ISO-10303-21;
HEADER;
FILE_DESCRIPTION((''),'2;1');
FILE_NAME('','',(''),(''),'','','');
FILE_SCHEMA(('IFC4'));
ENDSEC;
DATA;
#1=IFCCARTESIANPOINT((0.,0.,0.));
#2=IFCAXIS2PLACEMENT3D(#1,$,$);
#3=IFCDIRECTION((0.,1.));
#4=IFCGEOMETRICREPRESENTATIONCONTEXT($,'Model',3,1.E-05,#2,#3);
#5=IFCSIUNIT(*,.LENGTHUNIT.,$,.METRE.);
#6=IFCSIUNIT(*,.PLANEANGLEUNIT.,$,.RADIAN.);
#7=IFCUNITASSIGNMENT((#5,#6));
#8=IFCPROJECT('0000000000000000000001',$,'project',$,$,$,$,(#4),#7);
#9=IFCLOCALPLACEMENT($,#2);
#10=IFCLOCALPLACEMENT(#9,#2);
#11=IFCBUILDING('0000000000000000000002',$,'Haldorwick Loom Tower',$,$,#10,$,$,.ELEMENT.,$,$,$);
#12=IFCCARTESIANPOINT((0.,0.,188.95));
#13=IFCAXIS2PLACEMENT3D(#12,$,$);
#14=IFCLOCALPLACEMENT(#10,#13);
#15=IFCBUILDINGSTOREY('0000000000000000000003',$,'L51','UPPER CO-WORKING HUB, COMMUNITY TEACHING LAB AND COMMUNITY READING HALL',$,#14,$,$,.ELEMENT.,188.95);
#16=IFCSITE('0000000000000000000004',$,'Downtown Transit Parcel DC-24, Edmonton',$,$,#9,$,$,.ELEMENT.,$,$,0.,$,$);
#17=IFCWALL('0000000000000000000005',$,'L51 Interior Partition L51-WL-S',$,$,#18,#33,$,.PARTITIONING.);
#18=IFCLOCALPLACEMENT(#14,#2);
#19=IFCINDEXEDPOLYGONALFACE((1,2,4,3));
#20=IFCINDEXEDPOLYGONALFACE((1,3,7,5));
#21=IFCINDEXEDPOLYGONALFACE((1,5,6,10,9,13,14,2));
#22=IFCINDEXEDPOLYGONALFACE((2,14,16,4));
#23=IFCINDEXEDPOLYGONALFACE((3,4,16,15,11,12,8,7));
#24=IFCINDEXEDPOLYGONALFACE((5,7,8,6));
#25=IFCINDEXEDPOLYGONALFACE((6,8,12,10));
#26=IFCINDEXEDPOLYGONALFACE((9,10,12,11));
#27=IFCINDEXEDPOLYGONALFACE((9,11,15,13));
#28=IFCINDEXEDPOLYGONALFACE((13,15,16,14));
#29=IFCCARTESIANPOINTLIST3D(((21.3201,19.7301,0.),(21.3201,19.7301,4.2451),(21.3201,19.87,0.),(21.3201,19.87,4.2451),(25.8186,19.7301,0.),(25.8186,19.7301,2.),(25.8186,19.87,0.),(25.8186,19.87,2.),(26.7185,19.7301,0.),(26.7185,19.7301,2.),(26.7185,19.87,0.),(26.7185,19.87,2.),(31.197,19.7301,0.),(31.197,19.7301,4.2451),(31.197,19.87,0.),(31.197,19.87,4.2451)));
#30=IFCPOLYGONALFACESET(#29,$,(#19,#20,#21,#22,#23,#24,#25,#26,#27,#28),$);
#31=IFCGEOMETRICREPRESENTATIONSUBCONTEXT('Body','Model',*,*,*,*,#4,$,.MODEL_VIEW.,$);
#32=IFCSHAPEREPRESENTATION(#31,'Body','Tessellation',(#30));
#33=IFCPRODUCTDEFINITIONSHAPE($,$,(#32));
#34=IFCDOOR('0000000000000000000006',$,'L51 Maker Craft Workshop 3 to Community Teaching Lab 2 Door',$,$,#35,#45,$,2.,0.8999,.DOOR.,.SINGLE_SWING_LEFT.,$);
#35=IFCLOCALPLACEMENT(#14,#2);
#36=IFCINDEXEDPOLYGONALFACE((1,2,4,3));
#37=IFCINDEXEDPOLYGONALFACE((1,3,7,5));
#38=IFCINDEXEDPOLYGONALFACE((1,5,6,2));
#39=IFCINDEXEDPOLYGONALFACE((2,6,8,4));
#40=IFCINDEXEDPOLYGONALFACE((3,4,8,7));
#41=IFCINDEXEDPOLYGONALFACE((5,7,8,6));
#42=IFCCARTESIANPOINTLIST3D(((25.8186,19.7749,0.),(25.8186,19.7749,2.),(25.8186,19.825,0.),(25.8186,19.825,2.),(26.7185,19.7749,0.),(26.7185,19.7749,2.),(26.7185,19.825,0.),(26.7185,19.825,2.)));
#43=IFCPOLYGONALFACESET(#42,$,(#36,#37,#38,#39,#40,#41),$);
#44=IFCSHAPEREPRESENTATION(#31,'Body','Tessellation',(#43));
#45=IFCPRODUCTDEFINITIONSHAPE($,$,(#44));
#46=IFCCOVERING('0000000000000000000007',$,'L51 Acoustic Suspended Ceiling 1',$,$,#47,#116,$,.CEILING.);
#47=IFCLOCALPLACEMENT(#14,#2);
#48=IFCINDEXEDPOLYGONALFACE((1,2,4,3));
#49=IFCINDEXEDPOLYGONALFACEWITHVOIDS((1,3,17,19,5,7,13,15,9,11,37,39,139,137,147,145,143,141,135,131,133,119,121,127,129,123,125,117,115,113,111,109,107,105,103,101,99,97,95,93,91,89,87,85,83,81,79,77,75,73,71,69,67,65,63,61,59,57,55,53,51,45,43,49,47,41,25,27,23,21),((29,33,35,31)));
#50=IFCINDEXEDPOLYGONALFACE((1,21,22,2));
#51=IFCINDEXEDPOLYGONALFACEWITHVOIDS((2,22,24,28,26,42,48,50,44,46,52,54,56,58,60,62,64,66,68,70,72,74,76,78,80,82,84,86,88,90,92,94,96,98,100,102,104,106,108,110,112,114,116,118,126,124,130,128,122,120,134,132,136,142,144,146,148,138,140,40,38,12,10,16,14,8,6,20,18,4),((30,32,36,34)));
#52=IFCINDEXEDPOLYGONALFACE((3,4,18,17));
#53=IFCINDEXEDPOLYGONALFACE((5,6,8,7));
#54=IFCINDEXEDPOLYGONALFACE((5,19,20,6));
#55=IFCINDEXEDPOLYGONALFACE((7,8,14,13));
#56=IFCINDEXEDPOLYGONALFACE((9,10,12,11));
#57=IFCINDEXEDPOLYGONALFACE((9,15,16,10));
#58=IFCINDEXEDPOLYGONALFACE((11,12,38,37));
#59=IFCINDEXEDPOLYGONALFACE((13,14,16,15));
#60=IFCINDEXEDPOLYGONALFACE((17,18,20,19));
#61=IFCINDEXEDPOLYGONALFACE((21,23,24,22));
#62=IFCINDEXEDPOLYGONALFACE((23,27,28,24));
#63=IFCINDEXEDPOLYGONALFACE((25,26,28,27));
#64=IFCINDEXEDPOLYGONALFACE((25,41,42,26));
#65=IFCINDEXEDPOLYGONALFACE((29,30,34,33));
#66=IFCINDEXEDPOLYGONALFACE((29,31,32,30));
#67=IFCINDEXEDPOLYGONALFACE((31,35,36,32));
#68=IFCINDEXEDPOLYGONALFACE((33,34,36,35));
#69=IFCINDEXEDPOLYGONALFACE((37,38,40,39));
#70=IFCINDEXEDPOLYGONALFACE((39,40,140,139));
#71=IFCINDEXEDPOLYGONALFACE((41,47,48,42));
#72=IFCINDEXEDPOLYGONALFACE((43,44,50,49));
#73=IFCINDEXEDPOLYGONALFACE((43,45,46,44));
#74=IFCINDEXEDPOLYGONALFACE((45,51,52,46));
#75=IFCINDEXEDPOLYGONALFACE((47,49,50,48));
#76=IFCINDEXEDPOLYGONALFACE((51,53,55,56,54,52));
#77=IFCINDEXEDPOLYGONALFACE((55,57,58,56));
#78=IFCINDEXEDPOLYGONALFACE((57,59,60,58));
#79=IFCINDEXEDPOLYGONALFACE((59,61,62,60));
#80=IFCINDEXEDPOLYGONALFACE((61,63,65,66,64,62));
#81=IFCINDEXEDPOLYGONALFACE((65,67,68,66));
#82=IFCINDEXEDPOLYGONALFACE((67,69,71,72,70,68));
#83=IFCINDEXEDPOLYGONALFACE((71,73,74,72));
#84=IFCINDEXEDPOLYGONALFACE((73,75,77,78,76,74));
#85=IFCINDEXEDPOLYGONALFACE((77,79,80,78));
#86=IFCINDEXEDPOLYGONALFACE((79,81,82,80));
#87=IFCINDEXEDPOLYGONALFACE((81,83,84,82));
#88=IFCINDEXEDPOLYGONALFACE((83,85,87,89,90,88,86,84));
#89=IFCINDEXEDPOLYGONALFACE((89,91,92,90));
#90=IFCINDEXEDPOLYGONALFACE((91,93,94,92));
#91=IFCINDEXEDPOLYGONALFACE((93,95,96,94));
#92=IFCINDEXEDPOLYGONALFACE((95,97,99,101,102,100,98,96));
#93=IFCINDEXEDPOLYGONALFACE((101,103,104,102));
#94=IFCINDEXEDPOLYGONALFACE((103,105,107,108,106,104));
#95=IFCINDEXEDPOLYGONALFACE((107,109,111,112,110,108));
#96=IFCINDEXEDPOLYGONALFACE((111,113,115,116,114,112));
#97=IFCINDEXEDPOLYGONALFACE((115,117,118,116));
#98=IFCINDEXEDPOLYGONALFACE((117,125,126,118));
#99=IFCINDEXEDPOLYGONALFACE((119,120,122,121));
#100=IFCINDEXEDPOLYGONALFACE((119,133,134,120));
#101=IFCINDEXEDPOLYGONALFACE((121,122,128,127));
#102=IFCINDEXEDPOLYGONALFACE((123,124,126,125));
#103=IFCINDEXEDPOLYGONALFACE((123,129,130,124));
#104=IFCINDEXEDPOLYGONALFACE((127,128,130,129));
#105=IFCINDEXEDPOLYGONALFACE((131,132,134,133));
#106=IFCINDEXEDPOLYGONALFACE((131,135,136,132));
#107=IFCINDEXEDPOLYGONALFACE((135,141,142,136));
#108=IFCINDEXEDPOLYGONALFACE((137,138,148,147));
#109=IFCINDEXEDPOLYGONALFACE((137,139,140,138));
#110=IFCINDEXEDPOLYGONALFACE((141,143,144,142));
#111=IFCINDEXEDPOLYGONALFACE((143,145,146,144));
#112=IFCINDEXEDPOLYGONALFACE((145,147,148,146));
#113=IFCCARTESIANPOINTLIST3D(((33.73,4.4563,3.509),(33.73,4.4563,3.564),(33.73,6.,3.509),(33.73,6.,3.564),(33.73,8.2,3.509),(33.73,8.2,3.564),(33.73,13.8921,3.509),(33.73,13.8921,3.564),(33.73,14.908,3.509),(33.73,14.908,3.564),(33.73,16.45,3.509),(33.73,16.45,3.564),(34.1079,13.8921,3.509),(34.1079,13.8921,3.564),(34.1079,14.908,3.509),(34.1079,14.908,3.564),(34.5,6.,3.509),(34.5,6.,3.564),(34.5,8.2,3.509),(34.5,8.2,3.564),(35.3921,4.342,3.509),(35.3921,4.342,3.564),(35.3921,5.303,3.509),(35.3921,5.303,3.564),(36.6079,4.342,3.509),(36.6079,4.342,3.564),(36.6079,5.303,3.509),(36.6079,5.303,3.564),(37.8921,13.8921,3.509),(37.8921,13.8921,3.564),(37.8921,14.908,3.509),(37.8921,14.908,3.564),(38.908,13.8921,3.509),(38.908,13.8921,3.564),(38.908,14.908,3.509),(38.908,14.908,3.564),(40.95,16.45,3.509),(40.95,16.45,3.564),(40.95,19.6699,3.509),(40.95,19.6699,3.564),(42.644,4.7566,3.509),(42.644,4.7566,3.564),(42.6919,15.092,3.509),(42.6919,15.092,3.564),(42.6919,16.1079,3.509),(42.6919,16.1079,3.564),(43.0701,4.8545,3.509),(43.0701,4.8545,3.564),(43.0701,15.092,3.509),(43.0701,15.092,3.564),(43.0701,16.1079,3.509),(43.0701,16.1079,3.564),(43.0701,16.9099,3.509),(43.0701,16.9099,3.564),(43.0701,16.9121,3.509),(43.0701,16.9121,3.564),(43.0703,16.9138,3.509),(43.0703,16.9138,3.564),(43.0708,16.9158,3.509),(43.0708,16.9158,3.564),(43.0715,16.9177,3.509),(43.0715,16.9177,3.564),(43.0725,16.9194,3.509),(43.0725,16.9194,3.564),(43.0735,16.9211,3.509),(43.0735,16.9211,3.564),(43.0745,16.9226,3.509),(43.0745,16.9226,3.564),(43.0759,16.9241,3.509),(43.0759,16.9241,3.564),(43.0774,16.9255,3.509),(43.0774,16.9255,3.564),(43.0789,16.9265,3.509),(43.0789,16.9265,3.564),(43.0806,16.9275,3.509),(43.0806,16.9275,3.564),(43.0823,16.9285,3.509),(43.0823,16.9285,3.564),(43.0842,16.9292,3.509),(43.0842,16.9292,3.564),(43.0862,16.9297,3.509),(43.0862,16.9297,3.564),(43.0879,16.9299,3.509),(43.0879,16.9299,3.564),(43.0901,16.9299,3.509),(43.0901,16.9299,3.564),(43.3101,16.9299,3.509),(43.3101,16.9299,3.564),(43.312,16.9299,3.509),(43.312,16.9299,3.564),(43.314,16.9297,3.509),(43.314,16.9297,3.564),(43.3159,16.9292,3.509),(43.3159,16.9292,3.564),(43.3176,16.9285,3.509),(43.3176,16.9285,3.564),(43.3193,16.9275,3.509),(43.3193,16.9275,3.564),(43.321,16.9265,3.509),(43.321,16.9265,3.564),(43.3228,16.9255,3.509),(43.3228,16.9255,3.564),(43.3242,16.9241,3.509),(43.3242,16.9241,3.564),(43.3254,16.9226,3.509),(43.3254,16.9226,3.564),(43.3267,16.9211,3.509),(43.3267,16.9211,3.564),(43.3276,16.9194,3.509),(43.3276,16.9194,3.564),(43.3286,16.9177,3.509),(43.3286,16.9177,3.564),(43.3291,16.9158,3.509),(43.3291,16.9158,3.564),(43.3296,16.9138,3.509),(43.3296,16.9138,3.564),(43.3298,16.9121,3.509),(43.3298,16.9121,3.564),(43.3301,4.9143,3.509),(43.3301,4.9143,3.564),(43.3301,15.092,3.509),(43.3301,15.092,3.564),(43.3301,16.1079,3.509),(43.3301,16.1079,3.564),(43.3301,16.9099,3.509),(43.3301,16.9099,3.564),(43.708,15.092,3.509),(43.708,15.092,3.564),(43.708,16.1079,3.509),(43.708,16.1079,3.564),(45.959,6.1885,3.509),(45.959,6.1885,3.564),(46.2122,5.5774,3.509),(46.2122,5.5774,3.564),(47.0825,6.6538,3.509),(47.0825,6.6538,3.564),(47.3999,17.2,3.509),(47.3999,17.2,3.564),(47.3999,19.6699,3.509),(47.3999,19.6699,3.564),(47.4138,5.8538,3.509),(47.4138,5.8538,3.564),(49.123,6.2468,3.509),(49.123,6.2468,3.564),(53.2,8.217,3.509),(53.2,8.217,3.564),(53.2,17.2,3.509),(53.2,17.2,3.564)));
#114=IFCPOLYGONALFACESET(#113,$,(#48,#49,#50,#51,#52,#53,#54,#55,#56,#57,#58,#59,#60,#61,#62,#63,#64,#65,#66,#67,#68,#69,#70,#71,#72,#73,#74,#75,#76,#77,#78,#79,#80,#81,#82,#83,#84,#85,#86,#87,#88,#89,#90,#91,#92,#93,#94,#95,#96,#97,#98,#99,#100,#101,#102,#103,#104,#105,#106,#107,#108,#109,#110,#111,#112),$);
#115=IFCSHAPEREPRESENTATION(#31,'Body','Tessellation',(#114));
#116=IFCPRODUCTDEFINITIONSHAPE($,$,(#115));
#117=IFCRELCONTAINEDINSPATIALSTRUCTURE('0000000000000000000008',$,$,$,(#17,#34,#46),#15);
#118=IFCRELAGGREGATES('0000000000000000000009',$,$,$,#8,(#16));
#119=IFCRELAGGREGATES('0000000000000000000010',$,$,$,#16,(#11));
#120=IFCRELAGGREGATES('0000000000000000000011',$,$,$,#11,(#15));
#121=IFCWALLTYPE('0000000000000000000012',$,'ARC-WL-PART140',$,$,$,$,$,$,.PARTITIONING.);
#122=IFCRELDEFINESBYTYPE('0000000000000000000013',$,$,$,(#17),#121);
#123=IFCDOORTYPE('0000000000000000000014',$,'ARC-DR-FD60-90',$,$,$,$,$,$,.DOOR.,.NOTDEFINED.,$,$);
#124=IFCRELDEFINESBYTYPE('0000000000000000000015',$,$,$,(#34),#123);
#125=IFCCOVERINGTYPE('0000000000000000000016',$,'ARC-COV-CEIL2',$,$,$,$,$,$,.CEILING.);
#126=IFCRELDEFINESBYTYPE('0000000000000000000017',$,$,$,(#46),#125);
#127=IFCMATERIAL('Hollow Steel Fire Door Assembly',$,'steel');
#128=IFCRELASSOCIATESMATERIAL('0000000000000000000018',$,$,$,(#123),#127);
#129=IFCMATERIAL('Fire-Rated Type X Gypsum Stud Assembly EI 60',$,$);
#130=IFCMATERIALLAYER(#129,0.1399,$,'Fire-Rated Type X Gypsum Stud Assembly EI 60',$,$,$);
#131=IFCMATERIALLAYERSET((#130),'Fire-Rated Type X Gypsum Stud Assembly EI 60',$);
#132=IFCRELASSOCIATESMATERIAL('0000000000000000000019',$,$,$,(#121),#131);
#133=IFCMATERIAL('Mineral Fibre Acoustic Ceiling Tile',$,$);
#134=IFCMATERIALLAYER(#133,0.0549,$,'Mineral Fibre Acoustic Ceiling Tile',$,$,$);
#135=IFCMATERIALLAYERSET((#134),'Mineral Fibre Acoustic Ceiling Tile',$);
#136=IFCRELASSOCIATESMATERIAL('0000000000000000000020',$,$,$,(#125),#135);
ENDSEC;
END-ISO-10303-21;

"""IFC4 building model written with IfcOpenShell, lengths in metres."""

from ifc_helpers import new_model, si_unit, direction, frame, frame_2d, origin, place, context, subcontext, project, spatial, polyline, rectangle, outline, extrude, material, layer, layer_set, type_object, element, fill, save


model = new_model("IFC4")

# Units and contexts
model_context = context("Model", 3, precision=1e-05, world=origin(), true_north=direction((0.0, 1.0)))
body_context = subcontext(model_context, "Body", "Model", "MODEL_VIEW")
ifc_project = project(units=[si_unit("LENGTHUNIT", "METRE"), si_unit("PLANEANGLEUNIT", "RADIAN")], contexts=[model_context])

# Site, building, storey
site_placement = place(None, origin())
site = spatial("IfcSite", under=ifc_project, at=site_placement, Name="Downtown Transit Parcel DC-24, Edmonton", CompositionType="ELEMENT", RefElevation=0.0)
building_placement = place(site_placement, origin())
building = spatial("IfcBuilding", under=site, at=building_placement, Name="Haldorwick Loom Tower", CompositionType="ELEMENT")
storey_placement = place(building_placement, frame((0.0, 0.0, 188.95)))
storey = spatial("IfcBuildingStorey", under=building, at=storey_placement, Name="L51", Description="UPPER CO-WORKING HUB, COMMUNITY TEACHING LAB AND COMMUNITY READING HALL", CompositionType="ELEMENT", Elevation=188.95)

# Shared definitions
ifc_material_1 = material(Name="Fire-Rated Type X Gypsum Stud Assembly EI 60")
ifc_material_2 = material(Name="Hollow Steel Fire Door Assembly", Category="steel")
door_type = type_object("IfcDoorType", Name="ARC-DR-FD60-90", OperationType="NOTDEFINED", PredefinedType="DOOR", material=ifc_material_2)

# Shared definitions
ifc_layer_1 = layer(ifc_material_1, 0.1399, Name="Fire-Rated Type X Gypsum Stud Assembly EI 60")
ifc_layer_set_1 = layer_set([ifc_layer_1], Name="Fire-Rated Type X Gypsum Stud Assembly EI 60")
wall_type_1 = type_object("IfcWallType", Name="ARC-WL-PART140", PredefinedType="PARTITIONING", material=ifc_layer_set_1)

# Wall, opening, door
wall_1_placement = place(storey_placement, frame((21.3201, 19.8, 0.0), z_axis=(0.0, 0.0, 1.0), x_axis=(1.0, 0.0, 0.0)))
wall_1 = element("IfcWall", 1, at=wall_1_placement, inside=storey, type_object=wall_type_1, Name="L51 Interior Partition L51-WL-S", PredefinedType="PARTITIONING", context=body_context, shape_type="SweptSolid", body=[
    extrude(rectangle(XDim=9.877, YDim=0.1399, at=frame_2d((4.9385, 0.0))), origin(), (0.0, 0.0, 1.0), 4.2451),
])
opening_1_placement = place(wall_1_placement, frame((4.4985, 0.0, 0.0)))
opening_1 = element("IfcOpeningElement", 2, at=opening_1_placement, cuts=wall_1, PredefinedType="OPENING", context=body_context, shape_type="SweptSolid", body=[
    extrude(rectangle(XDim=0.8999, YDim=2.0, at=frame_2d((0.45, 1.0))), frame((0.0, 0.0798, 0.0), z_axis=(0.0, -1.0, 0.0), x_axis=(1.0, 0.0, 0.0)), (0.0, 0.0, 1.0), 0.1599),
])
door_1_placement = place(opening_1_placement, origin())
door_1 = element("IfcDoor", 3, at=door_1_placement, inside=storey, type_object=door_type, Name="L51 Maker Craft Workshop 3 to Community Teaching Lab 2 Door", OperationType="SINGLE_SWING_LEFT", OverallHeight=2.0, OverallWidth=0.8999, PredefinedType="DOOR", context=body_context, shape_type="SweptSolid", body=[
    extrude(rectangle(XDim=0.8999, YDim=2.0, at=frame_2d((0.45, 1.0))), frame((0.0, 0.0249, 0.0), z_axis=(0.0, -1.0, 0.0), x_axis=(1.0, 0.0, 0.0)), (0.0, 0.0, 1.0), 0.05),
])
fill(opening_1, door_1)

# Covering
ifc_material_3 = material(Name="Mineral Fibre Acoustic Ceiling Tile")
ifc_layer_2 = layer(ifc_material_3, 0.0549, Name="Mineral Fibre Acoustic Ceiling Tile")
ifc_layer_set_2 = layer_set([ifc_layer_2], Name="Mineral Fibre Acoustic Ceiling Tile")
covering_type_1 = type_object("IfcCoveringType", Name="ARC-COV-CEIL2", PredefinedType="CEILING", material=ifc_layer_set_2)
covering_1_placement = place(storey_placement, frame((0.0, 0.0, 3.509)))
element("IfcCovering", 4, at=covering_1_placement, inside=storey, type_object=covering_type_1, Name="L51 Acoustic Suspended Ceiling 1", PredefinedType="CEILING", context=body_context, shape_type="SweptSolid", body=[
    extrude(outline(polyline([(53.2, 8.217), (53.2, 17.2), (47.3999, 17.2), (47.3999, 19.6699), (40.95, 19.6699), (40.95, 16.45), (33.73, 16.45), (33.73, 14.908), (34.1079, 14.908), (34.1079, 13.8921), (33.73, 13.8921), (33.73, 8.2), (34.5, 8.2), (34.5, 6.0), (33.73, 6.0), (33.73, 4.4563), (35.3921, 4.342), (35.3921, 5.303), (36.6079, 5.303), (36.6079, 4.342), (42.644, 4.7566), (43.0701, 4.8545), (43.0701, 15.092), (42.6919, 15.092), (42.6919, 16.1079), (43.0701, 16.1079), (43.0701, 16.9099), (43.0701, 16.9121), (43.0703, 16.9138), (43.0708, 16.9158), (43.0715, 16.9177), (43.0725, 16.9194), (43.0735, 16.9211), (43.0745, 16.9226), (43.0759, 16.9241), (43.0774, 16.9255), (43.0789, 16.9265), (43.0806, 16.9275), (43.0823, 16.9285), (43.0842, 16.9292), (43.0862, 16.9297), (43.0879, 16.9299), (43.0901, 16.9299), (43.3101, 16.9299), (43.312, 16.9299), (43.314, 16.9297), (43.3159, 16.9292), (43.3176, 16.9285), (43.3193, 16.9275), (43.321, 16.9265), (43.3228, 16.9255), (43.3242, 16.9241), (43.3254, 16.9226), (43.3267, 16.9211), (43.3276, 16.9194), (43.3286, 16.9177), (43.3291, 16.9158), (43.3296, 16.9138), (43.3298, 16.9121), (43.3301, 16.9099), (43.3301, 16.1079), (43.708, 16.1079), (43.708, 15.092), (43.3301, 15.092), (43.3301, 4.9143), (46.2122, 5.5774), (45.959, 6.1885), (47.0825, 6.6538), (47.4138, 5.8538), (49.123, 6.2468), (53.2, 8.217)]), holes=[polyline([(38.908, 14.908), (38.908, 13.8921), (37.8921, 13.8921), (37.8921, 14.908), (38.908, 14.908)])]), origin(), (0.0, 0.0, 1.0), 0.0549),
])

save(model, "model.ifc")
